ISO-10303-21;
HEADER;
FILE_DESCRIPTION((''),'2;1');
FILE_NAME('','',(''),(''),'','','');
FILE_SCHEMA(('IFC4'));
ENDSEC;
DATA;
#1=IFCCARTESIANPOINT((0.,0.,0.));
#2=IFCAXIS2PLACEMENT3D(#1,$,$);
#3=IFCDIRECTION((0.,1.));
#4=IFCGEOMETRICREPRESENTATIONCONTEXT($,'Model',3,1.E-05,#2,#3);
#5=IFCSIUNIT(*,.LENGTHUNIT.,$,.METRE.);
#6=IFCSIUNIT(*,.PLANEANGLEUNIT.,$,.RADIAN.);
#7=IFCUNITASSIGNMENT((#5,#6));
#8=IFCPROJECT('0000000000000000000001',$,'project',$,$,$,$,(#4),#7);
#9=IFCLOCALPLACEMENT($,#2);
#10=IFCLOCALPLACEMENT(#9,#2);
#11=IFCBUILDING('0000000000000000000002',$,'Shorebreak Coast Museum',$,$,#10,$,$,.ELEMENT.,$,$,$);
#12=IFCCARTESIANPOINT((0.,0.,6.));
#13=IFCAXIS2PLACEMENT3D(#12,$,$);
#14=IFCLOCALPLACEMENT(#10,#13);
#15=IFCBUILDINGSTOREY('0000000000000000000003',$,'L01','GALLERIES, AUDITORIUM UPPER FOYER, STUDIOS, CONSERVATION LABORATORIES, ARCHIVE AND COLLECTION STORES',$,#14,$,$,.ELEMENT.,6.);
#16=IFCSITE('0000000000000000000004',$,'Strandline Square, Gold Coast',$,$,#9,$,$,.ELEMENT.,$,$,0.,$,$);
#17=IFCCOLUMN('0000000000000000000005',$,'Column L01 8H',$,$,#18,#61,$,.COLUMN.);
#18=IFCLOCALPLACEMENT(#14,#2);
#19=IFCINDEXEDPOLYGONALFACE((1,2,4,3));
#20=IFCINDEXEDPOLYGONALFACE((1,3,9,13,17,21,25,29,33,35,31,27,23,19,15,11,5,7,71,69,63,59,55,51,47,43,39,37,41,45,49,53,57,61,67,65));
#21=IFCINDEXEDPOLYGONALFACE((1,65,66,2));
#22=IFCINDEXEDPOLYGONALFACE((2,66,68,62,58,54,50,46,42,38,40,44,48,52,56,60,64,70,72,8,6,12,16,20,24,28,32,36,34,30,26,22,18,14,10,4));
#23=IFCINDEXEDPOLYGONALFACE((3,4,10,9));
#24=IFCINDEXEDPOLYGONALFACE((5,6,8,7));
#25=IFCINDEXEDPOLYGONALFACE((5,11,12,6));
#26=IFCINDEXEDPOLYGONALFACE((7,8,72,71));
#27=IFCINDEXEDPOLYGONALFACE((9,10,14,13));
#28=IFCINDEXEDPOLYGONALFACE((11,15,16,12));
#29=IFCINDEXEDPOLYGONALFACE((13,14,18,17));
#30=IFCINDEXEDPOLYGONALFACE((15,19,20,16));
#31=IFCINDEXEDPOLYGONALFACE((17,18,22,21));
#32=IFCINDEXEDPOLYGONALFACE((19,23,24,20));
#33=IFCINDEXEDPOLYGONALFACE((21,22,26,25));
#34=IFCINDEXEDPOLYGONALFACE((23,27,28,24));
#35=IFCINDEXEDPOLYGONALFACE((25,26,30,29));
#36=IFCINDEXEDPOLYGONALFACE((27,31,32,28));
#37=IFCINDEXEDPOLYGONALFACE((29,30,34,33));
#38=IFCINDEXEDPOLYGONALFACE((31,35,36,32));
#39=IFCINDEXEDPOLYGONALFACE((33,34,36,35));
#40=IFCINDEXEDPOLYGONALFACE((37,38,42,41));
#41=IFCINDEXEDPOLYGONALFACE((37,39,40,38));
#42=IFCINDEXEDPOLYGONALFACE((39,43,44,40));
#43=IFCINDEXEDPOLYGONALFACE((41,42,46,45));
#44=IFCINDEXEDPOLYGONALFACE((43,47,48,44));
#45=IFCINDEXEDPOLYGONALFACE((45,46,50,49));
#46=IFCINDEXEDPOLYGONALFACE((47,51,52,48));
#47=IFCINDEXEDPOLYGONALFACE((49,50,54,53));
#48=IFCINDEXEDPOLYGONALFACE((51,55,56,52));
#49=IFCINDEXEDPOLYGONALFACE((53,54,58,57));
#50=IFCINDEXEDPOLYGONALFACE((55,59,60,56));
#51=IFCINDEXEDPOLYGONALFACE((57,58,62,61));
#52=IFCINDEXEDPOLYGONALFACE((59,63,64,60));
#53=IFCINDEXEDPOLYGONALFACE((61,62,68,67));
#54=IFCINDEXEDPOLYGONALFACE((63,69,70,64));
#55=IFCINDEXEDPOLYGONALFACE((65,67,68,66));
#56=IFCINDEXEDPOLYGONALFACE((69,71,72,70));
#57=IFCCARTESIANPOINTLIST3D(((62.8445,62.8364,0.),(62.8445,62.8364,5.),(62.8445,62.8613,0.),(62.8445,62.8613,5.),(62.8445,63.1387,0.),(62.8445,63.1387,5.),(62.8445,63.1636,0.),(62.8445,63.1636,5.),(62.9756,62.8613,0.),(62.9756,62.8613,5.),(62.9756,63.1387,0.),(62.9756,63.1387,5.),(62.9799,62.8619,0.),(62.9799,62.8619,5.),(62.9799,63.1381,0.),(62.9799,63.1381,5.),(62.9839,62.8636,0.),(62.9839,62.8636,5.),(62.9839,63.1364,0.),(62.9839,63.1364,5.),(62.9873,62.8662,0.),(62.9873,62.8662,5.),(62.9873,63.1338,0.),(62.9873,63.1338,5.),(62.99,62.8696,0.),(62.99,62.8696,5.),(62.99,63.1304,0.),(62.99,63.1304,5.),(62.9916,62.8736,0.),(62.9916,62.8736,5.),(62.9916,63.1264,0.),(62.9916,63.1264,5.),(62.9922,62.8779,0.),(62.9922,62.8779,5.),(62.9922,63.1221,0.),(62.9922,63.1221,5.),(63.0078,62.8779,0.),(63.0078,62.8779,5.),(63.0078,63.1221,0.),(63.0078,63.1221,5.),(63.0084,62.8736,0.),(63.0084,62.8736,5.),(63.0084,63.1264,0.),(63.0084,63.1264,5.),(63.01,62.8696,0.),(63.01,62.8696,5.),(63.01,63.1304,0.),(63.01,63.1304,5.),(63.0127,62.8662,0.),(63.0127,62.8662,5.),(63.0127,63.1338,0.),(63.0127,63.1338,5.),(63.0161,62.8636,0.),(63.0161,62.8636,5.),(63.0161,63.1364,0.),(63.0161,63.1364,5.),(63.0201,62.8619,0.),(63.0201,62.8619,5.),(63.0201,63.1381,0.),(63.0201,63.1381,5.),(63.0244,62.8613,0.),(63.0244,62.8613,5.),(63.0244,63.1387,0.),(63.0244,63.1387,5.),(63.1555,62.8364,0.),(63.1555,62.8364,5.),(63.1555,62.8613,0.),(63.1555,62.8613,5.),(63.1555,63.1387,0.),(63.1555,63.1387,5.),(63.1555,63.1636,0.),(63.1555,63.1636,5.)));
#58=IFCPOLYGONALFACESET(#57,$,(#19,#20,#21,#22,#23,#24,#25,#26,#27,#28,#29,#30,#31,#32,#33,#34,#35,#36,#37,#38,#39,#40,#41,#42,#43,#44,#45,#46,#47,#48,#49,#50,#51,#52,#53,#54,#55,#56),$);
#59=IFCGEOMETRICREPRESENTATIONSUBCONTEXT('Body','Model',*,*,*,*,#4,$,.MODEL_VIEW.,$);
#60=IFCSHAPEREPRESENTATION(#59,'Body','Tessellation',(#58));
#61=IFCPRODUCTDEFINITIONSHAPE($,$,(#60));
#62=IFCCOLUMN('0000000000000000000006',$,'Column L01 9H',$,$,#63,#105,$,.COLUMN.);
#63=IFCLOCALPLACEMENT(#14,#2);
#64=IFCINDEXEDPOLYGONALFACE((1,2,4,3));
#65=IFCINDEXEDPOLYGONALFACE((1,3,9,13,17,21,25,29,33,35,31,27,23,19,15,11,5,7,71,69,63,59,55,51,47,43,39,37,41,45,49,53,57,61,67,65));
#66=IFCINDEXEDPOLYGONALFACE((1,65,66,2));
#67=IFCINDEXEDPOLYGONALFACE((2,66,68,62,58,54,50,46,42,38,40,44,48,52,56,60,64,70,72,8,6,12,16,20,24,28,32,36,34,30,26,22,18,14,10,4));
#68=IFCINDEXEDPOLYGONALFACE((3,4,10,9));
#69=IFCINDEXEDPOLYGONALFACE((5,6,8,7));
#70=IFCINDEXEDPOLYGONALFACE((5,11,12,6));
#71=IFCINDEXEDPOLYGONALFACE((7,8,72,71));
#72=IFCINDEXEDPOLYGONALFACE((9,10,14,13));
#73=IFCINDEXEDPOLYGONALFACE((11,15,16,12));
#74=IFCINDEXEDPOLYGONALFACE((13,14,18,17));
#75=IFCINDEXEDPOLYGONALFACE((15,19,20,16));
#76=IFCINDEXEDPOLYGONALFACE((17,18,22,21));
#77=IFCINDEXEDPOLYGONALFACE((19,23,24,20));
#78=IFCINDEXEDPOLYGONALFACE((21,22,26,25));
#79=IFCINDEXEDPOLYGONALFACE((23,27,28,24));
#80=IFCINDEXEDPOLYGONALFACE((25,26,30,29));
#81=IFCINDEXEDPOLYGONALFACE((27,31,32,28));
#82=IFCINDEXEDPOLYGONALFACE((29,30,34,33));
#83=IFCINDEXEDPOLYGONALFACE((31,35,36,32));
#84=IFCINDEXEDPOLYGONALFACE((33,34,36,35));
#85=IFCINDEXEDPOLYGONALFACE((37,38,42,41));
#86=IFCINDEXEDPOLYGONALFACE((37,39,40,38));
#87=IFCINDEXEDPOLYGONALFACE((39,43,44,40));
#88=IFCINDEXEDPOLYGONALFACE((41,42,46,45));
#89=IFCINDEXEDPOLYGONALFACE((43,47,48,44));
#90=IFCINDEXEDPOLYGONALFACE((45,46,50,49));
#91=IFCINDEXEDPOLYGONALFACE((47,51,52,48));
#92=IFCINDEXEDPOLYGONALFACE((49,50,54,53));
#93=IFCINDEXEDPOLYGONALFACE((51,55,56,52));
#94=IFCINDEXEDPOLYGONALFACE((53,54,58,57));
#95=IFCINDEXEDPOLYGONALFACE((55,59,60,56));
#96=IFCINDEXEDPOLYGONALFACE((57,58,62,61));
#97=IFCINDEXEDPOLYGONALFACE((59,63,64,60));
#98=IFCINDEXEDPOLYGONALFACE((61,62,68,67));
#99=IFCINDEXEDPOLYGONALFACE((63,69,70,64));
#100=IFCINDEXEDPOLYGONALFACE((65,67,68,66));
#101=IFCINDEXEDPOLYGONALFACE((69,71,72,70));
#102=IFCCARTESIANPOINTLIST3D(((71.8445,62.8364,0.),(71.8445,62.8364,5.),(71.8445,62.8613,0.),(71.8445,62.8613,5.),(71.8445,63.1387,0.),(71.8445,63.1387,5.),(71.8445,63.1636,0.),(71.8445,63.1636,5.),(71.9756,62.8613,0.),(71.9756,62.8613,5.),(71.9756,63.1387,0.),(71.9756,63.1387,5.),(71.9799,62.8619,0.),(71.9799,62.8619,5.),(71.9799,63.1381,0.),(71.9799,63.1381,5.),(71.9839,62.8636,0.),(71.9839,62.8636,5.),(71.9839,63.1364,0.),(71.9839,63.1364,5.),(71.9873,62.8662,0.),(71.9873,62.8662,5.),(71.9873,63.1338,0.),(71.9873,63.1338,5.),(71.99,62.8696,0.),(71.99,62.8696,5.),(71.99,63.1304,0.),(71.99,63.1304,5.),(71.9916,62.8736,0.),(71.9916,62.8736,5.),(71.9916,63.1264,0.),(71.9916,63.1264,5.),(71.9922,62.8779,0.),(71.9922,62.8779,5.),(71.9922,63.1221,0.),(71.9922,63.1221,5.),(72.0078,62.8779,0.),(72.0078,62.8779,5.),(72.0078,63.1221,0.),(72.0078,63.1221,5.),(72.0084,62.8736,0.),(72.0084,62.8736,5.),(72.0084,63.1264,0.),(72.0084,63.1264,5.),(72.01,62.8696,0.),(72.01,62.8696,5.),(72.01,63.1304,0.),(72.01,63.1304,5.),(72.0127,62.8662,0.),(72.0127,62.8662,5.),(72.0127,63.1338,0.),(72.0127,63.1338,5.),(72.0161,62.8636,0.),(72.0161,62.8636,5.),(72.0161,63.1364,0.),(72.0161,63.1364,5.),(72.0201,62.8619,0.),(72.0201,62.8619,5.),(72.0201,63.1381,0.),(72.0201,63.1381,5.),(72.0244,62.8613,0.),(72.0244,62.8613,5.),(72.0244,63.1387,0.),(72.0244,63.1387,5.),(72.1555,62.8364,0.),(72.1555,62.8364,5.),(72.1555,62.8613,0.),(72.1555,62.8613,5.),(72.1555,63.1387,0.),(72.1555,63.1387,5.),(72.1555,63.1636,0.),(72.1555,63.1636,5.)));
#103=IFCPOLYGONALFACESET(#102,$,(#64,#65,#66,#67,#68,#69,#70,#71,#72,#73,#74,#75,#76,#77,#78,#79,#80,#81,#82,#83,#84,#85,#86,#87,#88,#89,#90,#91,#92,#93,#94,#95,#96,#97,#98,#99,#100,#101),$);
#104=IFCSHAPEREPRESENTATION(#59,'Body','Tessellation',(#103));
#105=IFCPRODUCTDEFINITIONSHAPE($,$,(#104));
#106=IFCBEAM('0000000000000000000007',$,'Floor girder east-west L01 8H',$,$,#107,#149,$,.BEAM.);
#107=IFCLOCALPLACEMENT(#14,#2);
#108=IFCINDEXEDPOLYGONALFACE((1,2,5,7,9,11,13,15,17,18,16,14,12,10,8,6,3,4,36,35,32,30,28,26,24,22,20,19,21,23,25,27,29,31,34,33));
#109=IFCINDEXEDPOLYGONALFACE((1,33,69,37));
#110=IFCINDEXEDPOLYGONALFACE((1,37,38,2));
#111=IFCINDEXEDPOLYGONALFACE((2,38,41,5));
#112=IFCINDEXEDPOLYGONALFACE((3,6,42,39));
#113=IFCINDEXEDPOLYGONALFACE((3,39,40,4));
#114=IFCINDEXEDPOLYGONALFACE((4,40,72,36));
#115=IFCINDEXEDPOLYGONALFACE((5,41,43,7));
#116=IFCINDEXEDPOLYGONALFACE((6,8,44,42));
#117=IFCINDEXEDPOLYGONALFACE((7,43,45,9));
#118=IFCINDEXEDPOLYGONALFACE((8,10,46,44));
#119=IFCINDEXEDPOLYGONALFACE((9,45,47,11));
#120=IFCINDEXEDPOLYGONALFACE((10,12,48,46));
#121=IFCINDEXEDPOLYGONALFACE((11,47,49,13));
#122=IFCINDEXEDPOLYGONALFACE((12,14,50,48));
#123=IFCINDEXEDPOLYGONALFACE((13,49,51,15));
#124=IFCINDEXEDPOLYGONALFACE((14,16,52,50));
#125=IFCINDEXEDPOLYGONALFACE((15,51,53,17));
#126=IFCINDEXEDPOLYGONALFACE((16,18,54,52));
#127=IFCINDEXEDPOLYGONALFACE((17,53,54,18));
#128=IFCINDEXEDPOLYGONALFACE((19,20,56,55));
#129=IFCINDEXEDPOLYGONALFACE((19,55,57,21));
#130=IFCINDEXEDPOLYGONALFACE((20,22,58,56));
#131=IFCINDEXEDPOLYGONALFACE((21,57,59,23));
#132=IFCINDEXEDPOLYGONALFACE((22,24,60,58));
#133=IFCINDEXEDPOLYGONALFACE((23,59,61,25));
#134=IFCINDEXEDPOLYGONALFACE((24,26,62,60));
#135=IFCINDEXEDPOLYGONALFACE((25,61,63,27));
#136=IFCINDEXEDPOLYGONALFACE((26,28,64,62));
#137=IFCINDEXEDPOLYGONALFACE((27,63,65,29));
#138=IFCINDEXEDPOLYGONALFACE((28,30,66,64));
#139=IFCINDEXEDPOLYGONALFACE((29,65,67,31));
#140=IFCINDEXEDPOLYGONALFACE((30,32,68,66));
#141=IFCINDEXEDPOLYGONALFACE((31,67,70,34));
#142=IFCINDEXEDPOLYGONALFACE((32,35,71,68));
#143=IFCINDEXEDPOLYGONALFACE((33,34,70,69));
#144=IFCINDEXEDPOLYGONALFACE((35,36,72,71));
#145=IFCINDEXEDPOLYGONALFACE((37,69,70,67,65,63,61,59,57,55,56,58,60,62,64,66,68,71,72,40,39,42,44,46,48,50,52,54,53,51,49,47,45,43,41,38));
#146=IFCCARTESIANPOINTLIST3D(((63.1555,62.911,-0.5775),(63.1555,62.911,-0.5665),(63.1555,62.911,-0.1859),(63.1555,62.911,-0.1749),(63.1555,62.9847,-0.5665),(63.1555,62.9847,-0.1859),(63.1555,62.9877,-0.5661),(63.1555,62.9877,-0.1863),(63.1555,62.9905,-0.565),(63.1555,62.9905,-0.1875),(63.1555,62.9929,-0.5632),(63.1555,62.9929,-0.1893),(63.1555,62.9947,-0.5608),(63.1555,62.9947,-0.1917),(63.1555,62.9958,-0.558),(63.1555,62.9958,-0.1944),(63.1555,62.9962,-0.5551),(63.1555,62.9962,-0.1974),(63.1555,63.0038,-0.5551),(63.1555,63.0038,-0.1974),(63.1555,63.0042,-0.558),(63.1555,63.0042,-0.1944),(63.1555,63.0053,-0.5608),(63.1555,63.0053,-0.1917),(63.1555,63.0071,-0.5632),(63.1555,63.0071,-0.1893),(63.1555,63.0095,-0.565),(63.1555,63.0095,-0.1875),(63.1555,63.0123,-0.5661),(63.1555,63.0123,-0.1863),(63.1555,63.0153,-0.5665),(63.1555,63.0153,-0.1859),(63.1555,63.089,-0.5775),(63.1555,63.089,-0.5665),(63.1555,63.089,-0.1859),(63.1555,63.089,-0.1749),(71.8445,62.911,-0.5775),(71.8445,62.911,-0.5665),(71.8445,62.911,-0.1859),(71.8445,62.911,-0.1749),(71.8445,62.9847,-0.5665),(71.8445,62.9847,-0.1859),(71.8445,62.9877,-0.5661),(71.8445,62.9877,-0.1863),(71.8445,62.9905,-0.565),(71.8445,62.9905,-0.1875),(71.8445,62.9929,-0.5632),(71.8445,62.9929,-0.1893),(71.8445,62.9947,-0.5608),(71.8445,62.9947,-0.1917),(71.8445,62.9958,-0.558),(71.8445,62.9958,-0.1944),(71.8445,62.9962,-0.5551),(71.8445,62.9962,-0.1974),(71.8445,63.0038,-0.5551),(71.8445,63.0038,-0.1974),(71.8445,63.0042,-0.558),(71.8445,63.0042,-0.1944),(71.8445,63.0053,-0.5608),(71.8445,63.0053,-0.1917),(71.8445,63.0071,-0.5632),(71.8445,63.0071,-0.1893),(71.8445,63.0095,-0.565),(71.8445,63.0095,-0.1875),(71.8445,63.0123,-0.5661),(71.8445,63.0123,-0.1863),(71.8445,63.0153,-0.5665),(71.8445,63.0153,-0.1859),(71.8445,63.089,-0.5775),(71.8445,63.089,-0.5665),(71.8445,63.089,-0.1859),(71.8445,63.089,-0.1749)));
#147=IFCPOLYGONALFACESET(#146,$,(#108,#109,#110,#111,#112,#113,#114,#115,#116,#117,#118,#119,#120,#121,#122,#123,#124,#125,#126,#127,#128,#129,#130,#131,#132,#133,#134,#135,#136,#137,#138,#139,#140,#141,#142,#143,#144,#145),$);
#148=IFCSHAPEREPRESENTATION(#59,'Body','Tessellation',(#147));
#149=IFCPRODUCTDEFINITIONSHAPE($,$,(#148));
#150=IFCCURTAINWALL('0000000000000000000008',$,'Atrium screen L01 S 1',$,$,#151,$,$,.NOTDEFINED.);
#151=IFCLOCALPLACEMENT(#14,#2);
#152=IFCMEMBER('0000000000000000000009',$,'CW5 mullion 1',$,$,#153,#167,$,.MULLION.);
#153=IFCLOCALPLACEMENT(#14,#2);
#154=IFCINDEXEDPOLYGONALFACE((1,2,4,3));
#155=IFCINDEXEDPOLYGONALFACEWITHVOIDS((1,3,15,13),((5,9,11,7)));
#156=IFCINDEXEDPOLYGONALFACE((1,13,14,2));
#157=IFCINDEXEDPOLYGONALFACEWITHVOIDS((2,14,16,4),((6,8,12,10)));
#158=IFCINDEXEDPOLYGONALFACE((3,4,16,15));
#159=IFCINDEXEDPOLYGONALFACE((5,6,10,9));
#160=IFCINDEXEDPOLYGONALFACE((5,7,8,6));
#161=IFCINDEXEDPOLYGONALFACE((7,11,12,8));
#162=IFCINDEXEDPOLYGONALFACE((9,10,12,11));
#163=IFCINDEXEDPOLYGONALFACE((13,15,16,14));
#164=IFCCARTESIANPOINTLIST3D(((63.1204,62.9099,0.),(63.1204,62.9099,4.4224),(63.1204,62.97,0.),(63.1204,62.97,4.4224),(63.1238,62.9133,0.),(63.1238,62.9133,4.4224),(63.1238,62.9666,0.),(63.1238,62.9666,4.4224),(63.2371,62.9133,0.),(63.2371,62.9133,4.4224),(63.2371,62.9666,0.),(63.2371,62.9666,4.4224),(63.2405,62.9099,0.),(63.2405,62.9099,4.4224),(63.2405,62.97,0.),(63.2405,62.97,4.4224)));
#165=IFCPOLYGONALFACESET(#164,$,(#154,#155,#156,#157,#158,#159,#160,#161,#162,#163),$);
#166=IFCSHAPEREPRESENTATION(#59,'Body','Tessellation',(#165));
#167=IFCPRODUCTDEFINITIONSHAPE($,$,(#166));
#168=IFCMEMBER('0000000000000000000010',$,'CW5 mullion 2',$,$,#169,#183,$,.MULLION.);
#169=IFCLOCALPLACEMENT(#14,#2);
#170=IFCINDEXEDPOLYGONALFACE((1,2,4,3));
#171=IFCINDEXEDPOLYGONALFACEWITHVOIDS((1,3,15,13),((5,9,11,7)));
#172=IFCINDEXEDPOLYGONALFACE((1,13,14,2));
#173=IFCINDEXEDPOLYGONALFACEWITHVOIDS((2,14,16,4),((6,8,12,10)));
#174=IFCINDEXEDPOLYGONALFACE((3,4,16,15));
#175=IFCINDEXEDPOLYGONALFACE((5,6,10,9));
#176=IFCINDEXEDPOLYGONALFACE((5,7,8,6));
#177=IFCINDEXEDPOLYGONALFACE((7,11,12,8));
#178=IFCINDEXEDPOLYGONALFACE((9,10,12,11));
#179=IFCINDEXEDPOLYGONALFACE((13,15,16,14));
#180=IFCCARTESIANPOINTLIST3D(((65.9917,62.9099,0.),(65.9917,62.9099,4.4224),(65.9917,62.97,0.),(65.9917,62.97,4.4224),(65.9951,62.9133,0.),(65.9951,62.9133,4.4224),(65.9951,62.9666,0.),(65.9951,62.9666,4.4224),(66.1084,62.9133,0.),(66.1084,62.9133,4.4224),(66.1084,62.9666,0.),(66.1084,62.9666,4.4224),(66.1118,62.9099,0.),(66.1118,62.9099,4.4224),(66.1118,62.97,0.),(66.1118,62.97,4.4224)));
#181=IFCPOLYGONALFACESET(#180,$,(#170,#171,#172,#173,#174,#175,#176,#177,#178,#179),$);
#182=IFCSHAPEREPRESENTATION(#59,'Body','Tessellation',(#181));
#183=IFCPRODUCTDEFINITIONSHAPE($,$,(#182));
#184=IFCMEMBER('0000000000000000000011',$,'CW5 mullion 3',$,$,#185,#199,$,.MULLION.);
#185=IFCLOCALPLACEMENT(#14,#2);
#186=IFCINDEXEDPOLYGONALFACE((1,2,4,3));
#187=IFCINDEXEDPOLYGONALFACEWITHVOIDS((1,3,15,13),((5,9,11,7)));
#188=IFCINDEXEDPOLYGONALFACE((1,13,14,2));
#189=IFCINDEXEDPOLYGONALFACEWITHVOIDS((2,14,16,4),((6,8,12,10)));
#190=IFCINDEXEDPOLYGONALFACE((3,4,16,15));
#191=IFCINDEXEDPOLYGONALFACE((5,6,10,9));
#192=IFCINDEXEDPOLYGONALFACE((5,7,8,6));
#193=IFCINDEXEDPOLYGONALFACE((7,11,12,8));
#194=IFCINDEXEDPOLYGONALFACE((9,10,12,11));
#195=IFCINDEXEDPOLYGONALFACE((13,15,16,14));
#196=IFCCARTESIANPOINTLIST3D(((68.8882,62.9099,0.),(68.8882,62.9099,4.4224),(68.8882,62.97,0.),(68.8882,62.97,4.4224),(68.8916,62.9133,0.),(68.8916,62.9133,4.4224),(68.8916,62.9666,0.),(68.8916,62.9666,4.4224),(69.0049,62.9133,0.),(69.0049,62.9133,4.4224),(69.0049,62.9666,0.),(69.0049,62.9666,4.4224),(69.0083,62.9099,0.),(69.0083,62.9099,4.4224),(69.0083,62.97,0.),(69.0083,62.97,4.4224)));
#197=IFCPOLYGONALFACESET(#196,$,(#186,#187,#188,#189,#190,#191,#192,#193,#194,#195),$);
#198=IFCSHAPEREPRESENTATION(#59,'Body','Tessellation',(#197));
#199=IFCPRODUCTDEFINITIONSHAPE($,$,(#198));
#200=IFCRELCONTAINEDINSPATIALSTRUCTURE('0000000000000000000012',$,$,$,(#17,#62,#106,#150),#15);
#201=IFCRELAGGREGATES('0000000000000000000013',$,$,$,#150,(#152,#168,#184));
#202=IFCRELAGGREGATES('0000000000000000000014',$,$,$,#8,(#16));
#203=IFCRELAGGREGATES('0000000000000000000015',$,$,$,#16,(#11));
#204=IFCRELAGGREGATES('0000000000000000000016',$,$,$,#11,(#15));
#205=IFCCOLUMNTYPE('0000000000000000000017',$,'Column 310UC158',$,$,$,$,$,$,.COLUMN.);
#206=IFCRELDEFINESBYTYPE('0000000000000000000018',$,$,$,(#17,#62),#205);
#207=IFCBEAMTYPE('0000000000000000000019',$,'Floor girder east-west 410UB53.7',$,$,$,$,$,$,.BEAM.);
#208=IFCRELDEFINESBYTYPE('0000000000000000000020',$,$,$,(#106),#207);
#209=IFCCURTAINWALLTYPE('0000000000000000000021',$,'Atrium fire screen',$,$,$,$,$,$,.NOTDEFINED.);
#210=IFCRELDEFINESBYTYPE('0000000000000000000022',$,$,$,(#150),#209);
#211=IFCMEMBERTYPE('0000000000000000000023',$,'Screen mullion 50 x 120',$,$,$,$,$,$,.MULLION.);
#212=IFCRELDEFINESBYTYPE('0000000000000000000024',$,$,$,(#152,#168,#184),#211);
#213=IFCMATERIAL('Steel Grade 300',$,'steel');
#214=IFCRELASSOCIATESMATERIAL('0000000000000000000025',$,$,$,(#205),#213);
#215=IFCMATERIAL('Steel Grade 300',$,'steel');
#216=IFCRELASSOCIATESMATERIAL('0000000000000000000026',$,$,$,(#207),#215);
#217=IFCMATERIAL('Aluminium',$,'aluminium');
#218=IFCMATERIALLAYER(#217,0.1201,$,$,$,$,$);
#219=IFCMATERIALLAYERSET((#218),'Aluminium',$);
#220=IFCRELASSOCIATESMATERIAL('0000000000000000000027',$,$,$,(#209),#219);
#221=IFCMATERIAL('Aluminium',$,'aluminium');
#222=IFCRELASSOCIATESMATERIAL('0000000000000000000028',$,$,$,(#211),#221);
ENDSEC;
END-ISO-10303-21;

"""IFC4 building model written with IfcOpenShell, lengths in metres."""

from ifc_helpers import new_model, si_unit, direction, frame, origin, origin_2d, place, context, subcontext, project, spatial, hollow_rectangle, i_section, extrude, material, layer, layer_set, material_profile, profile_set, type_object, element, aggregate, save


model = new_model("IFC4")

# Units and contexts
model_context = context("Model", 3, precision=1e-05, world=origin(), true_north=direction((0.0, 1.0)))
body_context = subcontext(model_context, "Body", "Model", "MODEL_VIEW")
ifc_project = project(units=[si_unit("LENGTHUNIT", "METRE"), si_unit("PLANEANGLEUNIT", "RADIAN")], contexts=[model_context])

# Site, building, storey
site_placement = place(None, origin())
site = spatial("IfcSite", under=ifc_project, at=site_placement, Name="Strandline Square, Gold Coast", CompositionType="ELEMENT", RefElevation=0.0)
building_placement = place(site_placement, origin())
building = spatial("IfcBuilding", under=site, at=building_placement, Name="Shorebreak Coast Museum", CompositionType="ELEMENT")
storey_placement = place(building_placement, frame((0.0, 0.0, 6.0)))
storey = spatial("IfcBuildingStorey", under=building, at=storey_placement, Name="L01", Description="GALLERIES, AUDITORIUM UPPER FOYER, STUDIOS, CONSERVATION LABORATORIES, ARCHIVE AND COLLECTION STORES", CompositionType="ELEMENT", Elevation=6.0)

# Columns
ifc_material_1 = material(Name="Steel Grade 300", Category="steel")
ifc_material_profile_1 = material_profile(ifc_material_1, i_section(OverallWidth=0.311, OverallDepth=0.3271, WebThickness=0.0156, FlangeThickness=0.0249, FilletRadius=0.0166, at=origin_2d()), Name="310UC158")
ifc_profile_set_1 = profile_set([ifc_material_profile_1], Name="Steel Grade 300")
column_type = type_object("IfcColumnType", Name="Column 310UC158", PredefinedType="COLUMN", material=ifc_profile_set_1)
for number, where, z_axis, x_axis, name in (
    (1, (63.0, 63.0, 0.0), (0.0, 0.0, 1.0), (1.0, 0.0, 0.0), "Column L01 8H"),
    (2, (72.0, 63.0, 0.0), (0.0, 0.0, 1.0), (1.0, 0.0, 0.0), "Column L01 9H"),
):
    element("IfcColumn", number, at=place(storey_placement, frame(where, z_axis=z_axis, x_axis=x_axis)), inside=storey, type_object=column_type, Name=name, PredefinedType="COLUMN", context=body_context, shape_type="SweptSolid", body=[
        extrude(i_section(OverallWidth=0.311, OverallDepth=0.3271, WebThickness=0.0156, FlangeThickness=0.0249, FilletRadius=0.0166, at=origin_2d()), origin(), (0.0, 0.0, 1.0), 5.0),
    ])

# Beam
ifc_material_2 = material(Name="Steel Grade 300", Category="steel")
ifc_material_profile_2 = material_profile(ifc_material_2, i_section(OverallWidth=0.178, OverallDepth=0.4026, WebThickness=0.0076, FlangeThickness=0.011, FilletRadius=0.0115, at=origin_2d()), Name="410UB53.7")
ifc_profile_set_2 = profile_set([ifc_material_profile_2], Name="Steel Grade 300")
beam_type = type_object("IfcBeamType", Name="Floor girder east-west 410UB53.7", PredefinedType="BEAM", material=ifc_profile_set_2)
beam_placement = place(storey_placement, frame((63.1555, 63.0, -0.3762), z_axis=(1.0, 0.0, 0.0), x_axis=(0.0, 1.0, 0.0)))
element("IfcBeam", 3, at=beam_placement, inside=storey, type_object=beam_type, Name="Floor girder east-west L01 8H", PredefinedType="BEAM", context=body_context, shape_type="SweptSolid", body=[
    extrude(i_section(OverallWidth=0.178, OverallDepth=0.4026, WebThickness=0.0076, FlangeThickness=0.011, FilletRadius=0.0115, at=origin_2d()), origin(), (0.0, 0.0, 1.0), 8.689),
])

# Curtain wall, members
ifc_material_3 = material(Name="Aluminium", Category="aluminium")
ifc_layer_1 = layer(ifc_material_3, 0.1201)
ifc_layer_set_1 = layer_set([ifc_layer_1], Name="Aluminium")
curtain_wall_type = type_object("IfcCurtainWallType", Name="Atrium fire screen", PredefinedType="NOTDEFINED", material=ifc_layer_set_1)
curtain_wall_placement = place(storey_placement, origin())
curtain_wall = element("IfcCurtainWall", 4, at=curtain_wall_placement, inside=storey, type_object=curtain_wall_type, Name="Atrium screen L01 S 1", PredefinedType="NOTDEFINED")
ifc_material_4 = material(Name="Aluminium", Category="aluminium")
ifc_material_profile_3 = material_profile(ifc_material_4, hollow_rectangle(XDim=0.0601, YDim=0.1201, WallThickness=0.0034, at=origin_2d()), Name="AL 120x60 RHS")
ifc_profile_set_3 = profile_set([ifc_material_profile_3], Name="Aluminium")
member_type_1 = type_object("IfcMemberType", Name="Screen mullion 50 x 120", PredefinedType="MULLION", material=ifc_profile_set_3)
member_1_placement = place(storey_placement, frame((63.1804, 62.9399, 0.0), z_axis=(0.0, 0.0, 1.0), x_axis=(0.0, 1.0, 0.0)))
member_1 = element("IfcMember", 5, at=member_1_placement, type_object=member_type_1, Name="CW5 mullion 1", PredefinedType="MULLION", context=body_context, shape_type="SweptSolid", body=[
    extrude(hollow_rectangle(XDim=0.0601, YDim=0.1201, WallThickness=0.0034, at=origin_2d()), origin(), (0.0, 0.0, 1.0), 4.4224),
])
member_2_placement = place(storey_placement, frame((66.0518, 62.9399, 0.0), z_axis=(0.0, 0.0, 1.0), x_axis=(0.0, 1.0, 0.0)))
member_2 = element("IfcMember", 6, at=member_2_placement, type_object=member_type_1, Name="CW5 mullion 2", PredefinedType="MULLION", context=body_context, shape_type="SweptSolid", body=[
    extrude(hollow_rectangle(XDim=0.0601, YDim=0.1201, WallThickness=0.0034, at=origin_2d()), origin(), (0.0, 0.0, 1.0), 4.4224),
])
member_3_placement = place(storey_placement, frame((68.9482, 62.9399, 0.0), z_axis=(0.0, 0.0, 1.0), x_axis=(0.0, 1.0, 0.0)))
member_3 = element("IfcMember", 7, at=member_3_placement, type_object=member_type_1, Name="CW5 mullion 3", PredefinedType="MULLION", context=body_context, shape_type="SweptSolid", body=[
    extrude(hollow_rectangle(XDim=0.0601, YDim=0.1201, WallThickness=0.0034, at=origin_2d()), origin(), (0.0, 0.0, 1.0), 4.4224),
])

aggregate(curtain_wall, [member_1, member_2, member_3])

save(model, "model.ifc")
